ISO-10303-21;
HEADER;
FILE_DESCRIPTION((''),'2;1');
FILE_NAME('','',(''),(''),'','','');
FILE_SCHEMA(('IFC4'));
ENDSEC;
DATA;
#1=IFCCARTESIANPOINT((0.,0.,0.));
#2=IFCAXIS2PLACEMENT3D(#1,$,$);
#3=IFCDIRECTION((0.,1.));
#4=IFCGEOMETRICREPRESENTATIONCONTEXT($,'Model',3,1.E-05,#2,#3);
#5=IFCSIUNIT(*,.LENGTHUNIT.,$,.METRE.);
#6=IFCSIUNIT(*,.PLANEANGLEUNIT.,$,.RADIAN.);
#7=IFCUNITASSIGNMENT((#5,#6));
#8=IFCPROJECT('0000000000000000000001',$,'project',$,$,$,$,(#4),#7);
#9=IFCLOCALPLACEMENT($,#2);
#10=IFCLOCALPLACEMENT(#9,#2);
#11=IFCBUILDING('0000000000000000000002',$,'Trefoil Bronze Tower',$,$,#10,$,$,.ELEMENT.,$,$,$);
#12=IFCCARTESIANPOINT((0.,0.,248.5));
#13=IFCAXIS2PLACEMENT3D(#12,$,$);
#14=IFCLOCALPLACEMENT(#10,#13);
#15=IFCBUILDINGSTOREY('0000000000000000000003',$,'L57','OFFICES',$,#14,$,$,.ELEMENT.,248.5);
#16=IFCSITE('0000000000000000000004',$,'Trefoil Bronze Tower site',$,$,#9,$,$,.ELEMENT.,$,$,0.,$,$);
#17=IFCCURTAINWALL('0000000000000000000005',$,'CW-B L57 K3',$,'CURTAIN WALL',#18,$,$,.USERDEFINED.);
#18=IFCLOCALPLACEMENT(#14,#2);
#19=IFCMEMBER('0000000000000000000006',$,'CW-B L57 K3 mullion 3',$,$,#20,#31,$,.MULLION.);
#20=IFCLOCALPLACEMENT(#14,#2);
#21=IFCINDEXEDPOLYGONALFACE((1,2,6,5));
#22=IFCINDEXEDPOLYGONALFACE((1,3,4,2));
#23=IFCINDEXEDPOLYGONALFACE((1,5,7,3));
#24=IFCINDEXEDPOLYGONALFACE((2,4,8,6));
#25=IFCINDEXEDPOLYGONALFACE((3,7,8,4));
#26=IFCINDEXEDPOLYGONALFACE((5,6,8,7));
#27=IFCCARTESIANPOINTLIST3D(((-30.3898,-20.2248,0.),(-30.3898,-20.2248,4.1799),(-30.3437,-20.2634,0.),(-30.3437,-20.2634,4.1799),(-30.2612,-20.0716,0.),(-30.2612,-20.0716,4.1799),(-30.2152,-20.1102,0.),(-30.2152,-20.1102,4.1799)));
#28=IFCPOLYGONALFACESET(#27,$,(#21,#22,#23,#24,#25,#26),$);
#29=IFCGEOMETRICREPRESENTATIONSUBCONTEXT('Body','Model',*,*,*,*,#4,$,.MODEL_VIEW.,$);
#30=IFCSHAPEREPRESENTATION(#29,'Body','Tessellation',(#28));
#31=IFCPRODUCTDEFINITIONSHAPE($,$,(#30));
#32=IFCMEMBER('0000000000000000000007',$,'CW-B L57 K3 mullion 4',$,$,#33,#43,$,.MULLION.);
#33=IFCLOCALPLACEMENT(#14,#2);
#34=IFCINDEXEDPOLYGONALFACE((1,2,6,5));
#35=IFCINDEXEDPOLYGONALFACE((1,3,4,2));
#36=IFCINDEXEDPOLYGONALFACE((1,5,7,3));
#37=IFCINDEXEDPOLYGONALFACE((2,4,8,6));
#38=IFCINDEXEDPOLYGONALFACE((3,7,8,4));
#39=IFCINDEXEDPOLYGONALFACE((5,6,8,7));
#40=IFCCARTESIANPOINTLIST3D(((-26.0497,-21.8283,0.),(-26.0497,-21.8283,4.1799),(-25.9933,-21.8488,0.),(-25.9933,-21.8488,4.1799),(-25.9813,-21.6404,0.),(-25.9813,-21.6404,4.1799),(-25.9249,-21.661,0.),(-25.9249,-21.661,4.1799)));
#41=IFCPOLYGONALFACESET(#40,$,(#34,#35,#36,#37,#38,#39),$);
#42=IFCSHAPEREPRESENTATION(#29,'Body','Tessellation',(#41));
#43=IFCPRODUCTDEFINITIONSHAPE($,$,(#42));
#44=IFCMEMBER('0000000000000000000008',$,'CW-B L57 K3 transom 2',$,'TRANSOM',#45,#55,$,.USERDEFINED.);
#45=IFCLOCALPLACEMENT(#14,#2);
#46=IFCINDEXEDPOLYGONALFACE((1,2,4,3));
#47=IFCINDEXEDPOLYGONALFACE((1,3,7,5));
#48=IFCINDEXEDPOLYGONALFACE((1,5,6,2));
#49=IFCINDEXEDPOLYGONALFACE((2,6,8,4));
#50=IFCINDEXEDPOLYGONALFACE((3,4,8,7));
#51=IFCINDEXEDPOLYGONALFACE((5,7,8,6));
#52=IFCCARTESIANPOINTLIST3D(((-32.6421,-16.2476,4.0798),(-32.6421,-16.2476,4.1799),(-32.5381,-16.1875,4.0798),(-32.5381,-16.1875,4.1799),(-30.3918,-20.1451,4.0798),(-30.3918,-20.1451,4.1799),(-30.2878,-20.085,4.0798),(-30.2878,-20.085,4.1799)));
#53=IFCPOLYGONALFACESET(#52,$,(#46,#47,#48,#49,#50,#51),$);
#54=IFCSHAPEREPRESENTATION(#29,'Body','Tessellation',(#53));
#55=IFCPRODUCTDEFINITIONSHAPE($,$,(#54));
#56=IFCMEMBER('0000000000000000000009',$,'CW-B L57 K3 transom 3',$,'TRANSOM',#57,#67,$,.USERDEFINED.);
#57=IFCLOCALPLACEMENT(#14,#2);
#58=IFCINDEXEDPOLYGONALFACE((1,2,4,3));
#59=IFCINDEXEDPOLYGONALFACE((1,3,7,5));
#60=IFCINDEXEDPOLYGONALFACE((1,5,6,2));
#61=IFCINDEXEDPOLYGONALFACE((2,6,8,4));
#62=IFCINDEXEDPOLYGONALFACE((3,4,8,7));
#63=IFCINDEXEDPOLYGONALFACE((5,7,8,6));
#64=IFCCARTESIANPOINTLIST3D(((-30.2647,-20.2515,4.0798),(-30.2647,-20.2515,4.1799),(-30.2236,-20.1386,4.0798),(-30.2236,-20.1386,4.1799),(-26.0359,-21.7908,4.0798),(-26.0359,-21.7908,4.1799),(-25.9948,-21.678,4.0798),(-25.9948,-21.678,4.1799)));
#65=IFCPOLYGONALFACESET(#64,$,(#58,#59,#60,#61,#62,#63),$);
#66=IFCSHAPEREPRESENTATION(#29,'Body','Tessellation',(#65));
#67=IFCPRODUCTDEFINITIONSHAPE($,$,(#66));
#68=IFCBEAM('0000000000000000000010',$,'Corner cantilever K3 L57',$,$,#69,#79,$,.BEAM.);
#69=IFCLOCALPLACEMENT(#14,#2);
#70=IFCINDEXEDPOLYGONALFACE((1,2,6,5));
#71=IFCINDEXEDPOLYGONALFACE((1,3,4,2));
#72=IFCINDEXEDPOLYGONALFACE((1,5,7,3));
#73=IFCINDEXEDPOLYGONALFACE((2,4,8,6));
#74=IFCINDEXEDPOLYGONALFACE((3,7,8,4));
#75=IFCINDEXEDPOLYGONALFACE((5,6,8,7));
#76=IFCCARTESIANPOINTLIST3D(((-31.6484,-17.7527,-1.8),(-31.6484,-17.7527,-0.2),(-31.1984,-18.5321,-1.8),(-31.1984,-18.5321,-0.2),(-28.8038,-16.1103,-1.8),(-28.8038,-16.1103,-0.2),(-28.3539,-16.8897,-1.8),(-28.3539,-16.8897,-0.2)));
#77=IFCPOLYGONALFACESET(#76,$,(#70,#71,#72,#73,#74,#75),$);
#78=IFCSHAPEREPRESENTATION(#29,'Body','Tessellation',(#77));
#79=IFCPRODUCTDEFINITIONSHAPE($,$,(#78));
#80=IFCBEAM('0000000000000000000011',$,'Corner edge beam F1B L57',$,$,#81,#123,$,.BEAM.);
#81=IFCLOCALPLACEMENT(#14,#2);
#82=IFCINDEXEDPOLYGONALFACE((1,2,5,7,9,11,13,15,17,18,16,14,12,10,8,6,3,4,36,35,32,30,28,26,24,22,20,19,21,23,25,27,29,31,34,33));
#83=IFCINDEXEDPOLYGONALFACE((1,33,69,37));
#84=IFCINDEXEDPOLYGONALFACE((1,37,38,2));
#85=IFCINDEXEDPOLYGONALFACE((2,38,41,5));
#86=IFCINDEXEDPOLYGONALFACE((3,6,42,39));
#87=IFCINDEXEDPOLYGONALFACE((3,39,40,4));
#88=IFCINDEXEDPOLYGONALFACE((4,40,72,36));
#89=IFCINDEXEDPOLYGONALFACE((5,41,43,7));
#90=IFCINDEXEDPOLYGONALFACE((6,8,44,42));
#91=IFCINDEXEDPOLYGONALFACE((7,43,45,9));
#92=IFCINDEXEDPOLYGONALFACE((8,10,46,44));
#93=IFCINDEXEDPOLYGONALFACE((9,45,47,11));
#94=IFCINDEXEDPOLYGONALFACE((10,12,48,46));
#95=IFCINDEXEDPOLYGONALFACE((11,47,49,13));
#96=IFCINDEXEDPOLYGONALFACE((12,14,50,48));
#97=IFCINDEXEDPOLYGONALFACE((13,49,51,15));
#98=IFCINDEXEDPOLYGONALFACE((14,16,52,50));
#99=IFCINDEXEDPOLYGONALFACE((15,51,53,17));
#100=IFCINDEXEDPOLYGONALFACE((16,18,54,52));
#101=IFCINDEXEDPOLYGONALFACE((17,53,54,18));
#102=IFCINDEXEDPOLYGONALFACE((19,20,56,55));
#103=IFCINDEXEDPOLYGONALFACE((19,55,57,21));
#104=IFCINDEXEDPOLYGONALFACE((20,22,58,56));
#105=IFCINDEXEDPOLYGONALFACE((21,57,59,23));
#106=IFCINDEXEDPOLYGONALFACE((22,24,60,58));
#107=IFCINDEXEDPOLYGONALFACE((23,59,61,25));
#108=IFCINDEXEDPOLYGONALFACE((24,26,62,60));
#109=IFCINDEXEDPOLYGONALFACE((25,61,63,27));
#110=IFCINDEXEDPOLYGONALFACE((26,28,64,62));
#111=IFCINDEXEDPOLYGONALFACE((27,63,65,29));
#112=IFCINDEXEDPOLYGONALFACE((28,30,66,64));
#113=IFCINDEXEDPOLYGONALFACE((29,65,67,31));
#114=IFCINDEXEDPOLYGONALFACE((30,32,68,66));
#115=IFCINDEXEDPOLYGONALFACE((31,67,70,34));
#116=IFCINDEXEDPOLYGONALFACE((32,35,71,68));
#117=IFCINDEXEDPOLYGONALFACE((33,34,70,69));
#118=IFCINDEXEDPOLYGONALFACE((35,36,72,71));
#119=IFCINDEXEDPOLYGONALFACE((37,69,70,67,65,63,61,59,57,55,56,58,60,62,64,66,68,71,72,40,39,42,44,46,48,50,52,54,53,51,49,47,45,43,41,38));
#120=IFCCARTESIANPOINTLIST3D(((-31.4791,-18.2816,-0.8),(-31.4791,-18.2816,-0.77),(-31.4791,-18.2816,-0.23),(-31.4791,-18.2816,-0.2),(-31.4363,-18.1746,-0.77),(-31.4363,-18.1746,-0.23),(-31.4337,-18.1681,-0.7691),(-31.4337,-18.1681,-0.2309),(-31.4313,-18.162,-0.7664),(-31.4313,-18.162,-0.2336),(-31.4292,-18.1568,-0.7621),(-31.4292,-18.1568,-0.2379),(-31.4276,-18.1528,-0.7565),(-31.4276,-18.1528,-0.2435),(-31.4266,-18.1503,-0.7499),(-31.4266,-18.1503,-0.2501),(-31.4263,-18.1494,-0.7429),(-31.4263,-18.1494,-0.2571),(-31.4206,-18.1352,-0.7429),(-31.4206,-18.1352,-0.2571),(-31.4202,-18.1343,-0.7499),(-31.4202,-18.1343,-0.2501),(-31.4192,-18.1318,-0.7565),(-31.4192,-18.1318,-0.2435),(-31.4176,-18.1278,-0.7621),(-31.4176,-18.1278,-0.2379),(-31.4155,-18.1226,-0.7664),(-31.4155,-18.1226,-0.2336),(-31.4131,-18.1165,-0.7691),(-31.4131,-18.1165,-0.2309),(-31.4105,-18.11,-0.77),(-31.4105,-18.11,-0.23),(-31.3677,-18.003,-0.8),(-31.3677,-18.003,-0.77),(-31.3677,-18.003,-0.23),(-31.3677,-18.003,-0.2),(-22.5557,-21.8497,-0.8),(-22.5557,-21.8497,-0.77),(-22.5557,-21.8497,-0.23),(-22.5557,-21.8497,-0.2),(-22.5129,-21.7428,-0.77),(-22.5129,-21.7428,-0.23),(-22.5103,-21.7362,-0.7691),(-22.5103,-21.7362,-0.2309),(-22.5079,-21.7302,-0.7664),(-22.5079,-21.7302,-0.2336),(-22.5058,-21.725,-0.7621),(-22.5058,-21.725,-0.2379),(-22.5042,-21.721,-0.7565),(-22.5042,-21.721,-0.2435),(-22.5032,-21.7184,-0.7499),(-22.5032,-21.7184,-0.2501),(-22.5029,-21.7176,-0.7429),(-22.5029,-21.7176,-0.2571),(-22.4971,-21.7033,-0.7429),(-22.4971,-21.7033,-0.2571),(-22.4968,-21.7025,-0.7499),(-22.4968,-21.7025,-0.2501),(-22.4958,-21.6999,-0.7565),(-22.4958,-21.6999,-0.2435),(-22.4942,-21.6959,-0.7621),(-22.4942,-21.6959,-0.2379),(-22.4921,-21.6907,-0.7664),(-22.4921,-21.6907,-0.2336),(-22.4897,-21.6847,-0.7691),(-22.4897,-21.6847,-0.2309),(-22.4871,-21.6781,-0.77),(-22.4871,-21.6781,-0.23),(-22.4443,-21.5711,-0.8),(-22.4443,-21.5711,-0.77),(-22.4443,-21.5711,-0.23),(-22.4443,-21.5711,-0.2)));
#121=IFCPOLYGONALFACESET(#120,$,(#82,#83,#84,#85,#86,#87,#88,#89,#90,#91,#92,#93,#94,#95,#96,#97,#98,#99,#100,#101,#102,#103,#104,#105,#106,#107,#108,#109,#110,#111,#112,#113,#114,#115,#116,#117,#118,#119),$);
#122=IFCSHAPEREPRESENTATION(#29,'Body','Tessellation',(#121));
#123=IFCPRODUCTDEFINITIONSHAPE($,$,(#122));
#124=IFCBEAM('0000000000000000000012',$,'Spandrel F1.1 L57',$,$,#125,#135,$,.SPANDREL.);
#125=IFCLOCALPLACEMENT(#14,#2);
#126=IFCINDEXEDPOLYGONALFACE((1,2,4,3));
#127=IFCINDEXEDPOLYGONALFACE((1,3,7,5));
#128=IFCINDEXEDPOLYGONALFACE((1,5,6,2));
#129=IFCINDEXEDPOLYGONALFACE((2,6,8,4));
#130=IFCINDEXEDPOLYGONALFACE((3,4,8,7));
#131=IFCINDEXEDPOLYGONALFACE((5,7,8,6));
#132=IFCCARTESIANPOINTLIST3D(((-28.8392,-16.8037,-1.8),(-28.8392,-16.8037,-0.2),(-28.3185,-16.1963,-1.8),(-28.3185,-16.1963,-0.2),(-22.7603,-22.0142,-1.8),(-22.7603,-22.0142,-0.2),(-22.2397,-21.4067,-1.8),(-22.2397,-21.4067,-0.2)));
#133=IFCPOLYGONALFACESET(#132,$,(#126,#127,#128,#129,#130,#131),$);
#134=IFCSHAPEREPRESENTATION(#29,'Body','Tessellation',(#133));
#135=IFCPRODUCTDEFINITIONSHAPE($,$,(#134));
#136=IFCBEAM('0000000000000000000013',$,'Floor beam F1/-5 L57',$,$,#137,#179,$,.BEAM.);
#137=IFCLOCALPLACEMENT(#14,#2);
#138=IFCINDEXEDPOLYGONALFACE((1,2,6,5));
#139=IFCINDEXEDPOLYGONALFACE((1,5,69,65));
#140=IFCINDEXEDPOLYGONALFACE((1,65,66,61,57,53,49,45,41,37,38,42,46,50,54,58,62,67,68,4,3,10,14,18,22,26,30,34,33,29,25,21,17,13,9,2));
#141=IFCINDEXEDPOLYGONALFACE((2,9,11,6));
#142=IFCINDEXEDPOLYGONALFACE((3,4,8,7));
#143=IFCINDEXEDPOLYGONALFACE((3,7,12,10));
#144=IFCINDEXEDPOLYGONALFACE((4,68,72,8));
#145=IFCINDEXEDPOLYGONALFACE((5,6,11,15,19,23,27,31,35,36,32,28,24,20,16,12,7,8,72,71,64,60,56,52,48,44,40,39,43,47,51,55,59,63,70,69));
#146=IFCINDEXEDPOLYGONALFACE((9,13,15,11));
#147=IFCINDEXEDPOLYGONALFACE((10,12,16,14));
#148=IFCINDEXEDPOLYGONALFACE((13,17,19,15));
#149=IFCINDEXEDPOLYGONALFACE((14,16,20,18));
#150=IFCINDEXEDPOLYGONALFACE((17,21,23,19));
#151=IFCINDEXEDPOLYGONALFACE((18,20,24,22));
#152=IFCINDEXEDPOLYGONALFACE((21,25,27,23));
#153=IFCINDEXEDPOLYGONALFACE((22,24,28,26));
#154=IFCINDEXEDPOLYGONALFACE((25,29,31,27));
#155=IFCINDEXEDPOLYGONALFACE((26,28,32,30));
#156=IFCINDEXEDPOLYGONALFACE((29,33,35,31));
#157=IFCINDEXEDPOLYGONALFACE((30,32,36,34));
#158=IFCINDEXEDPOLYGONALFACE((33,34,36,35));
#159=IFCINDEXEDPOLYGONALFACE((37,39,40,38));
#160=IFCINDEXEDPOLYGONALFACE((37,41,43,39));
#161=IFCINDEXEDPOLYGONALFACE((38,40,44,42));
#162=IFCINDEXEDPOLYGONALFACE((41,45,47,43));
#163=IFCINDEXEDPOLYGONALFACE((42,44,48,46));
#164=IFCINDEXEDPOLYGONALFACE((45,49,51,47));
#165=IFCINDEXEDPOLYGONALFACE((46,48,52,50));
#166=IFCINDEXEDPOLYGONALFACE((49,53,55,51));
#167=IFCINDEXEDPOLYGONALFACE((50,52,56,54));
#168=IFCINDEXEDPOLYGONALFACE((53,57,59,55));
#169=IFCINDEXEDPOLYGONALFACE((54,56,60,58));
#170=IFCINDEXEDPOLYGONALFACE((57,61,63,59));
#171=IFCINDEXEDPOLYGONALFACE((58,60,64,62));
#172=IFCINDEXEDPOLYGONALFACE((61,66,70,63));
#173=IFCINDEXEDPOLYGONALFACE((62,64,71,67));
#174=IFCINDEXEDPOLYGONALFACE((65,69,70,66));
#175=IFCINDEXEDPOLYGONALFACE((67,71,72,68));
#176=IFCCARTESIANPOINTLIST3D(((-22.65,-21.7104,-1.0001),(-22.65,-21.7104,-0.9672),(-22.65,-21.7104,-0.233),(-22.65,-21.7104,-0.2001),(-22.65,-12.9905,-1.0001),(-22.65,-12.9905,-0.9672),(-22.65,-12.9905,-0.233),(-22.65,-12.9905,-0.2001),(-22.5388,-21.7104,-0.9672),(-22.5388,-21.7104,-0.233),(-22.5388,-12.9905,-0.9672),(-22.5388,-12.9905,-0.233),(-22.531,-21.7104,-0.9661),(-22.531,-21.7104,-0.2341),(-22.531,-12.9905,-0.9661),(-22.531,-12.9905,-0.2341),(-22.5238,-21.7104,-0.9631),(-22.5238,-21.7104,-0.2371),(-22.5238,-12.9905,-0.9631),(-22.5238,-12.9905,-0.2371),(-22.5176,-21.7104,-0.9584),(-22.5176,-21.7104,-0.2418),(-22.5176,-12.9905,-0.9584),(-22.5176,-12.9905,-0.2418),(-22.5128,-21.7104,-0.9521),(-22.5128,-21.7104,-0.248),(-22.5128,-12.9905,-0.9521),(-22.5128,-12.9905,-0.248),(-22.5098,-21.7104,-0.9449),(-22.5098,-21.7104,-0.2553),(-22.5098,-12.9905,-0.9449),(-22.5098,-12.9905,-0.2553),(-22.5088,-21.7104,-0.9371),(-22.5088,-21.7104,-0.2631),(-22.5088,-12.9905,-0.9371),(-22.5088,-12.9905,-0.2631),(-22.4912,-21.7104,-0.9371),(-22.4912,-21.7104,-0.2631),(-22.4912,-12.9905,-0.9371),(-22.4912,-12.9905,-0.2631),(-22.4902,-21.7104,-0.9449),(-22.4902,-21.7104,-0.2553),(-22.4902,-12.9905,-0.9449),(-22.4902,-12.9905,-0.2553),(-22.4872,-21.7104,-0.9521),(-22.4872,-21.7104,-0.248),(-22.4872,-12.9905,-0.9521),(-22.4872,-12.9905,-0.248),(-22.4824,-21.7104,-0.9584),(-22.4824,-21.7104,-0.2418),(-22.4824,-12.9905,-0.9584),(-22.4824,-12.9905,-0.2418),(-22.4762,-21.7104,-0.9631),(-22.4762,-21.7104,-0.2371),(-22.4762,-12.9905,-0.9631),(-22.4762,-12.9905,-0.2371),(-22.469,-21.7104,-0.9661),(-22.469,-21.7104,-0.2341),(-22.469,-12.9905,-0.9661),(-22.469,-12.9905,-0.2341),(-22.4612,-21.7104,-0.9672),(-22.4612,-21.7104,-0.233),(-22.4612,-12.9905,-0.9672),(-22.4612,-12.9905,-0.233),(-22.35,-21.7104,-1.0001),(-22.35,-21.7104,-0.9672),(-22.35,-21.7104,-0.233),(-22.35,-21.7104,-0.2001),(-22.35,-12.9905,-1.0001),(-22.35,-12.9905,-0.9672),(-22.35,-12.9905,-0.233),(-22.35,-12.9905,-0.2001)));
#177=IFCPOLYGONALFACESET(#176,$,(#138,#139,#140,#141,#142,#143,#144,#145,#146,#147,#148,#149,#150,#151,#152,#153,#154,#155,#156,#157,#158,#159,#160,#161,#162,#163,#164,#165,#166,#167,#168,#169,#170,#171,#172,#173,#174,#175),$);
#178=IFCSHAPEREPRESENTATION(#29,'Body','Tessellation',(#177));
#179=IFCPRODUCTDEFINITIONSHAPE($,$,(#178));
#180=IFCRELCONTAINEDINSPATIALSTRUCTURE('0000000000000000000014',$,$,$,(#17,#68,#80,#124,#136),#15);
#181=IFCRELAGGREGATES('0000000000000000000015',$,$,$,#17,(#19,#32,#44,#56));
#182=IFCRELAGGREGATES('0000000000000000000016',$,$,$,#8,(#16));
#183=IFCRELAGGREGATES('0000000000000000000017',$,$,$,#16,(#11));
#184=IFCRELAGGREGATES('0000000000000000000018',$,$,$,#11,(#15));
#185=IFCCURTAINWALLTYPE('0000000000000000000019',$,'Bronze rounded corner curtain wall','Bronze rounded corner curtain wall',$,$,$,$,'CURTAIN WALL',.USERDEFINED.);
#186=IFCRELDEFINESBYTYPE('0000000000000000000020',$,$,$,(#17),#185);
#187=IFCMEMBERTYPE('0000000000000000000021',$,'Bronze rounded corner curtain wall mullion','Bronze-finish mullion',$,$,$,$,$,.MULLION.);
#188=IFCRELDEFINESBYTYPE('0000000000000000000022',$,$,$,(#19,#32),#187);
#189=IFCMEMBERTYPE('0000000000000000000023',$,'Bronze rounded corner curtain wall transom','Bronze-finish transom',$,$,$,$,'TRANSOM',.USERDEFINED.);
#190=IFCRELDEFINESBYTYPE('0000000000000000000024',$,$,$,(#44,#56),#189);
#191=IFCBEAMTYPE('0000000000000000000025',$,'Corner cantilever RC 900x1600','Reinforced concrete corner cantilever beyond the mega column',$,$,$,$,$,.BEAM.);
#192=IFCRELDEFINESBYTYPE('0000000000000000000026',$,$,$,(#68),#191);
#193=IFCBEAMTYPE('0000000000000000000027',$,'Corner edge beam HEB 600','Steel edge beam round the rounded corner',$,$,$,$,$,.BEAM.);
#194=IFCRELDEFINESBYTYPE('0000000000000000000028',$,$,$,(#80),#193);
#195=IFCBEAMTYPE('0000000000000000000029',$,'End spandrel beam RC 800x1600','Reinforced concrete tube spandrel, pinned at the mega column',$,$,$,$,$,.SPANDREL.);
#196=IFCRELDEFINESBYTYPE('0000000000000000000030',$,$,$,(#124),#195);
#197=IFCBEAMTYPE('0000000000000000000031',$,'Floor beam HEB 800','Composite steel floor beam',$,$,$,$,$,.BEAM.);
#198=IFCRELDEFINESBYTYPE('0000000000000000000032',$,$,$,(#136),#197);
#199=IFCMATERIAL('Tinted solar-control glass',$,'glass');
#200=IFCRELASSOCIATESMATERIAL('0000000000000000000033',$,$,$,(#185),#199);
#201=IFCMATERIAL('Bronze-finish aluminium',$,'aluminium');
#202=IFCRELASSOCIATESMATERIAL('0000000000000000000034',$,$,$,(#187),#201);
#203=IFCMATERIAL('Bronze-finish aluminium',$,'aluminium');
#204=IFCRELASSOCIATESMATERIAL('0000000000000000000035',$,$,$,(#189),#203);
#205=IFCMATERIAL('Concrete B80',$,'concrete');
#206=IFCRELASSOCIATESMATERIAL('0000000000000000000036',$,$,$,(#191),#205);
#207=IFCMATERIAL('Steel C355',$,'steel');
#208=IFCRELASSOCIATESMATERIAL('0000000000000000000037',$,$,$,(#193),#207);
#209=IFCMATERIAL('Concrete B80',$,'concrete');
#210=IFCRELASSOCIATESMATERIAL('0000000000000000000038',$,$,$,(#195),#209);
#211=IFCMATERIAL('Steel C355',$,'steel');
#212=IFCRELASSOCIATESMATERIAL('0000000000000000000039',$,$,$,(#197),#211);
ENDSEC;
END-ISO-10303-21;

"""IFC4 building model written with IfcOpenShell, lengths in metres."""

from ifc_helpers import new_model, si_unit, direction, frame, origin, origin_2d, place, context, subcontext, project, spatial, rectangle, i_section, extrude, material, material_profile, profile_set, type_object, element, aggregate, save


model = new_model("IFC4")

# Units and contexts
model_context = context("Model", 3, precision=1e-05, world=origin(), true_north=direction((0.0, 1.0)))
body_context = subcontext(model_context, "Body", "Model", "MODEL_VIEW")
ifc_project = project(units=[si_unit("LENGTHUNIT", "METRE"), si_unit("PLANEANGLEUNIT", "RADIAN")], contexts=[model_context])

# Site, building, storey
site_placement = place(None, origin())
site = spatial("IfcSite", under=ifc_project, at=site_placement, Name="Trefoil Bronze Tower site", CompositionType="ELEMENT", RefElevation=0.0)
building_placement = place(site_placement, origin())
building = spatial("IfcBuilding", under=site, at=building_placement, Name="Trefoil Bronze Tower", CompositionType="ELEMENT")
storey_placement = place(building_placement, frame((0.0, 0.0, 248.5)))
storey = spatial("IfcBuildingStorey", under=building, at=storey_placement, Name="L57", Description="OFFICES", CompositionType="ELEMENT", Elevation=248.5)

# Curtain wall, members
ifc_material_1 = material(Name="Tinted solar-control glass", Category="glass")
curtain_wall_type_1 = type_object("IfcCurtainWallType", Name="Bronze rounded corner curtain wall", Description="Bronze rounded corner curtain wall", ElementType="CURTAIN WALL", PredefinedType="USERDEFINED", material=ifc_material_1)
curtain_wall_1_placement = place(storey_placement, origin())
curtain_wall_1 = element("IfcCurtainWall", 1, at=curtain_wall_1_placement, inside=storey, type_object=curtain_wall_type_1, Name="CW-B L57 K3", ObjectType="CURTAIN WALL", PredefinedType="USERDEFINED")
ifc_material_2 = material(Name="Bronze-finish aluminium", Category="aluminium")
ifc_material_profile_1 = material_profile(ifc_material_2, rectangle(XDim=0.2, YDim=0.0601, at=origin_2d()), Name="CW-B mullion")
ifc_profile_set_1 = profile_set([ifc_material_profile_1], Name="Bronze-finish aluminium")
member_type_1 = type_object("IfcMemberType", Name="Bronze rounded corner curtain wall mullion", Description="Bronze-finish mullion", PredefinedType="MULLION", material=ifc_profile_set_1)
member_1_placement = place(storey_placement, frame((-30.3025, -20.1675, 0.0), z_axis=(0.0, 0.0, 1.0), x_axis=(0.642788, 0.766044, 0.0)))
member_1 = element("IfcMember", 2, at=member_1_placement, type_object=member_type_1, Name="CW-B L57 K3 mullion 3", PredefinedType="MULLION", context=body_context, shape_type="SweptSolid", body=[
    extrude(rectangle(XDim=0.2, YDim=0.0601, at=origin_2d()), origin(), (0.0, 0.0, 1.0), 4.1799),
])
member_2_placement = place(storey_placement, frame((-25.9873, -21.7446, 0.0), z_axis=(0.0, 0.0, 1.0), x_axis=(0.34202, 0.939693, 0.0)))
member_2 = element("IfcMember", 3, at=member_2_placement, type_object=member_type_1, Name="CW-B L57 K3 mullion 4", PredefinedType="MULLION", context=body_context, shape_type="SweptSolid", body=[
    extrude(rectangle(XDim=0.2, YDim=0.0601, at=origin_2d()), origin(), (0.0, 0.0, 1.0), 4.1799),
])
ifc_material_3 = material(Name="Bronze-finish aluminium", Category="aluminium")
ifc_material_profile_2 = material_profile(ifc_material_3, rectangle(XDim=0.1201, YDim=0.1001, at=origin_2d()), Name="CW-B transom")
ifc_profile_set_2 = profile_set([ifc_material_profile_2], Name="Bronze-finish aluminium")
member_type_2 = type_object("IfcMemberType", Name="Bronze rounded corner curtain wall transom", Description="Bronze-finish transom", ElementType="TRANSOM", PredefinedType="USERDEFINED", material=ifc_profile_set_2)
member_3_placement = place(storey_placement, frame((-32.5901, -16.2175, 4.1299), z_axis=(0.500007, -0.866021, 0.0), x_axis=(0.866021, 0.500007, 0.0)))
member_3 = element("IfcMember", 4, at=member_3_placement, type_object=member_type_2, Name="CW-B L57 K3 transom 2", ObjectType="TRANSOM", PredefinedType="USERDEFINED", context=body_context, shape_type="SweptSolid", body=[
    extrude(rectangle(XDim=0.1201, YDim=0.1001, at=origin_2d()), origin(), (0.0, 0.0, 1.0), 4.5005),
])
member_4_placement = place(storey_placement, frame((-30.2441, -20.1951, 4.1299), z_axis=(0.939681, -0.342052, 0.0), x_axis=(0.342052, 0.939681, 0.0)))
member_4 = element("IfcMember", 5, at=member_4_placement, type_object=member_type_2, Name="CW-B L57 K3 transom 3", ObjectType="TRANSOM", PredefinedType="USERDEFINED", context=body_context, shape_type="SweptSolid", body=[
    extrude(rectangle(XDim=0.1201, YDim=0.1001, at=origin_2d()), origin(), (0.0, 0.0, 1.0), 4.5002),
])

# Beams
ifc_material_4 = material(Name="Concrete B80", Category="concrete")
ifc_material_profile_3 = material_profile(ifc_material_4, rectangle(XDim=0.8999, YDim=1.6001, at=origin_2d()), Name="RC 900x1600")
ifc_profile_set_3 = profile_set([ifc_material_profile_3], Name="Concrete B80")
beam_type_1 = type_object("IfcBeamType", Name="Corner cantilever RC 900x1600", Description="Reinforced concrete corner cantilever beyond the mega column", PredefinedType="BEAM", material=ifc_profile_set_3)
beam_1_placement = place(storey_placement, frame((-28.5789, -16.5, -1.0), z_axis=(-0.866016, -0.500016, 0.0), x_axis=(0.500016, -0.866016, 0.0)))
element("IfcBeam", 6, at=beam_1_placement, inside=storey, type_object=beam_type_1, Name="Corner cantilever K3 L57", PredefinedType="BEAM", context=body_context, shape_type="SweptSolid", body=[
    extrude(rectangle(XDim=0.8999, YDim=1.6001, at=origin_2d()), origin(), (0.0, 0.0, 1.0), 3.2847),
])
ifc_material_5 = material(Name="Steel C355", Category="steel")
ifc_material_profile_4 = material_profile(ifc_material_5, i_section(OverallWidth=0.3, OverallDepth=0.6001, WebThickness=0.0154, FlangeThickness=0.03, FilletRadius=0.0271, at=origin_2d()), Name="HEB 600")
ifc_profile_set_4 = profile_set([ifc_material_profile_4], Name="Steel C355")
beam_type_2 = type_object("IfcBeamType", Name="Corner edge beam HEB 600", Description="Steel edge beam round the rounded corner", PredefinedType="BEAM", material=ifc_profile_set_4)
beam_2_placement = place(storey_placement, frame((-22.5, -21.7104, -0.5), z_axis=(-0.92852, 0.371281, 0.0), x_axis=(-0.371281, -0.92852, 0.0)))
element("IfcBeam", 7, at=beam_2_placement, inside=storey, type_object=beam_type_2, Name="Corner edge beam F1B L57", PredefinedType="BEAM", context=body_context, shape_type="SweptSolid", body=[
    extrude(i_section(OverallWidth=0.3, OverallDepth=0.6001, WebThickness=0.0154, FlangeThickness=0.03, FilletRadius=0.0271, at=origin_2d()), origin(), (0.0, 0.0, 1.0), 9.6104),
])
ifc_material_6 = material(Name="Concrete B80", Category="concrete")
ifc_material_profile_5 = material_profile(ifc_material_6, rectangle(XDim=0.8, YDim=1.6001, at=origin_2d()), Name="RC 800x1600")
ifc_profile_set_5 = profile_set([ifc_material_profile_5], Name="Concrete B80")
beam_type_3 = type_object("IfcBeamType", Name="End spandrel beam RC 800x1600", Description="Reinforced concrete tube spandrel, pinned at the mega column", PredefinedType="SPANDREL", material=ifc_profile_set_5)
beam_3_placement = place(storey_placement, frame((-28.5789, -16.5, -1.0), z_axis=(0.759257, -0.650791, 0.0), x_axis=(0.650791, 0.759257, 0.0)))
element("IfcBeam", 8, at=beam_3_placement, inside=storey, type_object=beam_type_3, Name="Spandrel F1.1 L57", PredefinedType="SPANDREL", context=body_context, shape_type="SweptSolid", body=[
    extrude(rectangle(XDim=0.8, YDim=1.6001, at=origin_2d()), origin(), (0.0, 0.0, 1.0), 8.0063),
])
ifc_material_7 = material(Name="Steel C355", Category="steel")
ifc_material_profile_6 = material_profile(ifc_material_7, i_section(OverallWidth=0.3, OverallDepth=0.8, WebThickness=0.0176, FlangeThickness=0.033, FilletRadius=0.03, at=origin_2d()), Name="HEB 800")
ifc_profile_set_6 = profile_set([ifc_material_profile_6], Name="Steel C355")
beam_type_4 = type_object("IfcBeamType", Name="Floor beam HEB 800", Description="Composite steel floor beam", PredefinedType="BEAM", material=ifc_profile_set_6)
beam_4_placement = place(storey_placement, frame((-22.5, -21.7104, -0.6001), z_axis=(0.0, 1.0, 0.0), x_axis=(-1.0, 0.0, 0.0)))
element("IfcBeam", 9, at=beam_4_placement, inside=storey, type_object=beam_type_4, Name="Floor beam F1/-5 L57", PredefinedType="BEAM", context=body_context, shape_type="SweptSolid", body=[
    extrude(i_section(OverallWidth=0.3, OverallDepth=0.8, WebThickness=0.0176, FlangeThickness=0.033, FilletRadius=0.03, at=origin_2d()), origin(), (0.0, 0.0, 1.0), 8.72),
])

aggregate(curtain_wall_1, [member_1, member_2, member_3, member_4])

save(model, "model.ifc")
